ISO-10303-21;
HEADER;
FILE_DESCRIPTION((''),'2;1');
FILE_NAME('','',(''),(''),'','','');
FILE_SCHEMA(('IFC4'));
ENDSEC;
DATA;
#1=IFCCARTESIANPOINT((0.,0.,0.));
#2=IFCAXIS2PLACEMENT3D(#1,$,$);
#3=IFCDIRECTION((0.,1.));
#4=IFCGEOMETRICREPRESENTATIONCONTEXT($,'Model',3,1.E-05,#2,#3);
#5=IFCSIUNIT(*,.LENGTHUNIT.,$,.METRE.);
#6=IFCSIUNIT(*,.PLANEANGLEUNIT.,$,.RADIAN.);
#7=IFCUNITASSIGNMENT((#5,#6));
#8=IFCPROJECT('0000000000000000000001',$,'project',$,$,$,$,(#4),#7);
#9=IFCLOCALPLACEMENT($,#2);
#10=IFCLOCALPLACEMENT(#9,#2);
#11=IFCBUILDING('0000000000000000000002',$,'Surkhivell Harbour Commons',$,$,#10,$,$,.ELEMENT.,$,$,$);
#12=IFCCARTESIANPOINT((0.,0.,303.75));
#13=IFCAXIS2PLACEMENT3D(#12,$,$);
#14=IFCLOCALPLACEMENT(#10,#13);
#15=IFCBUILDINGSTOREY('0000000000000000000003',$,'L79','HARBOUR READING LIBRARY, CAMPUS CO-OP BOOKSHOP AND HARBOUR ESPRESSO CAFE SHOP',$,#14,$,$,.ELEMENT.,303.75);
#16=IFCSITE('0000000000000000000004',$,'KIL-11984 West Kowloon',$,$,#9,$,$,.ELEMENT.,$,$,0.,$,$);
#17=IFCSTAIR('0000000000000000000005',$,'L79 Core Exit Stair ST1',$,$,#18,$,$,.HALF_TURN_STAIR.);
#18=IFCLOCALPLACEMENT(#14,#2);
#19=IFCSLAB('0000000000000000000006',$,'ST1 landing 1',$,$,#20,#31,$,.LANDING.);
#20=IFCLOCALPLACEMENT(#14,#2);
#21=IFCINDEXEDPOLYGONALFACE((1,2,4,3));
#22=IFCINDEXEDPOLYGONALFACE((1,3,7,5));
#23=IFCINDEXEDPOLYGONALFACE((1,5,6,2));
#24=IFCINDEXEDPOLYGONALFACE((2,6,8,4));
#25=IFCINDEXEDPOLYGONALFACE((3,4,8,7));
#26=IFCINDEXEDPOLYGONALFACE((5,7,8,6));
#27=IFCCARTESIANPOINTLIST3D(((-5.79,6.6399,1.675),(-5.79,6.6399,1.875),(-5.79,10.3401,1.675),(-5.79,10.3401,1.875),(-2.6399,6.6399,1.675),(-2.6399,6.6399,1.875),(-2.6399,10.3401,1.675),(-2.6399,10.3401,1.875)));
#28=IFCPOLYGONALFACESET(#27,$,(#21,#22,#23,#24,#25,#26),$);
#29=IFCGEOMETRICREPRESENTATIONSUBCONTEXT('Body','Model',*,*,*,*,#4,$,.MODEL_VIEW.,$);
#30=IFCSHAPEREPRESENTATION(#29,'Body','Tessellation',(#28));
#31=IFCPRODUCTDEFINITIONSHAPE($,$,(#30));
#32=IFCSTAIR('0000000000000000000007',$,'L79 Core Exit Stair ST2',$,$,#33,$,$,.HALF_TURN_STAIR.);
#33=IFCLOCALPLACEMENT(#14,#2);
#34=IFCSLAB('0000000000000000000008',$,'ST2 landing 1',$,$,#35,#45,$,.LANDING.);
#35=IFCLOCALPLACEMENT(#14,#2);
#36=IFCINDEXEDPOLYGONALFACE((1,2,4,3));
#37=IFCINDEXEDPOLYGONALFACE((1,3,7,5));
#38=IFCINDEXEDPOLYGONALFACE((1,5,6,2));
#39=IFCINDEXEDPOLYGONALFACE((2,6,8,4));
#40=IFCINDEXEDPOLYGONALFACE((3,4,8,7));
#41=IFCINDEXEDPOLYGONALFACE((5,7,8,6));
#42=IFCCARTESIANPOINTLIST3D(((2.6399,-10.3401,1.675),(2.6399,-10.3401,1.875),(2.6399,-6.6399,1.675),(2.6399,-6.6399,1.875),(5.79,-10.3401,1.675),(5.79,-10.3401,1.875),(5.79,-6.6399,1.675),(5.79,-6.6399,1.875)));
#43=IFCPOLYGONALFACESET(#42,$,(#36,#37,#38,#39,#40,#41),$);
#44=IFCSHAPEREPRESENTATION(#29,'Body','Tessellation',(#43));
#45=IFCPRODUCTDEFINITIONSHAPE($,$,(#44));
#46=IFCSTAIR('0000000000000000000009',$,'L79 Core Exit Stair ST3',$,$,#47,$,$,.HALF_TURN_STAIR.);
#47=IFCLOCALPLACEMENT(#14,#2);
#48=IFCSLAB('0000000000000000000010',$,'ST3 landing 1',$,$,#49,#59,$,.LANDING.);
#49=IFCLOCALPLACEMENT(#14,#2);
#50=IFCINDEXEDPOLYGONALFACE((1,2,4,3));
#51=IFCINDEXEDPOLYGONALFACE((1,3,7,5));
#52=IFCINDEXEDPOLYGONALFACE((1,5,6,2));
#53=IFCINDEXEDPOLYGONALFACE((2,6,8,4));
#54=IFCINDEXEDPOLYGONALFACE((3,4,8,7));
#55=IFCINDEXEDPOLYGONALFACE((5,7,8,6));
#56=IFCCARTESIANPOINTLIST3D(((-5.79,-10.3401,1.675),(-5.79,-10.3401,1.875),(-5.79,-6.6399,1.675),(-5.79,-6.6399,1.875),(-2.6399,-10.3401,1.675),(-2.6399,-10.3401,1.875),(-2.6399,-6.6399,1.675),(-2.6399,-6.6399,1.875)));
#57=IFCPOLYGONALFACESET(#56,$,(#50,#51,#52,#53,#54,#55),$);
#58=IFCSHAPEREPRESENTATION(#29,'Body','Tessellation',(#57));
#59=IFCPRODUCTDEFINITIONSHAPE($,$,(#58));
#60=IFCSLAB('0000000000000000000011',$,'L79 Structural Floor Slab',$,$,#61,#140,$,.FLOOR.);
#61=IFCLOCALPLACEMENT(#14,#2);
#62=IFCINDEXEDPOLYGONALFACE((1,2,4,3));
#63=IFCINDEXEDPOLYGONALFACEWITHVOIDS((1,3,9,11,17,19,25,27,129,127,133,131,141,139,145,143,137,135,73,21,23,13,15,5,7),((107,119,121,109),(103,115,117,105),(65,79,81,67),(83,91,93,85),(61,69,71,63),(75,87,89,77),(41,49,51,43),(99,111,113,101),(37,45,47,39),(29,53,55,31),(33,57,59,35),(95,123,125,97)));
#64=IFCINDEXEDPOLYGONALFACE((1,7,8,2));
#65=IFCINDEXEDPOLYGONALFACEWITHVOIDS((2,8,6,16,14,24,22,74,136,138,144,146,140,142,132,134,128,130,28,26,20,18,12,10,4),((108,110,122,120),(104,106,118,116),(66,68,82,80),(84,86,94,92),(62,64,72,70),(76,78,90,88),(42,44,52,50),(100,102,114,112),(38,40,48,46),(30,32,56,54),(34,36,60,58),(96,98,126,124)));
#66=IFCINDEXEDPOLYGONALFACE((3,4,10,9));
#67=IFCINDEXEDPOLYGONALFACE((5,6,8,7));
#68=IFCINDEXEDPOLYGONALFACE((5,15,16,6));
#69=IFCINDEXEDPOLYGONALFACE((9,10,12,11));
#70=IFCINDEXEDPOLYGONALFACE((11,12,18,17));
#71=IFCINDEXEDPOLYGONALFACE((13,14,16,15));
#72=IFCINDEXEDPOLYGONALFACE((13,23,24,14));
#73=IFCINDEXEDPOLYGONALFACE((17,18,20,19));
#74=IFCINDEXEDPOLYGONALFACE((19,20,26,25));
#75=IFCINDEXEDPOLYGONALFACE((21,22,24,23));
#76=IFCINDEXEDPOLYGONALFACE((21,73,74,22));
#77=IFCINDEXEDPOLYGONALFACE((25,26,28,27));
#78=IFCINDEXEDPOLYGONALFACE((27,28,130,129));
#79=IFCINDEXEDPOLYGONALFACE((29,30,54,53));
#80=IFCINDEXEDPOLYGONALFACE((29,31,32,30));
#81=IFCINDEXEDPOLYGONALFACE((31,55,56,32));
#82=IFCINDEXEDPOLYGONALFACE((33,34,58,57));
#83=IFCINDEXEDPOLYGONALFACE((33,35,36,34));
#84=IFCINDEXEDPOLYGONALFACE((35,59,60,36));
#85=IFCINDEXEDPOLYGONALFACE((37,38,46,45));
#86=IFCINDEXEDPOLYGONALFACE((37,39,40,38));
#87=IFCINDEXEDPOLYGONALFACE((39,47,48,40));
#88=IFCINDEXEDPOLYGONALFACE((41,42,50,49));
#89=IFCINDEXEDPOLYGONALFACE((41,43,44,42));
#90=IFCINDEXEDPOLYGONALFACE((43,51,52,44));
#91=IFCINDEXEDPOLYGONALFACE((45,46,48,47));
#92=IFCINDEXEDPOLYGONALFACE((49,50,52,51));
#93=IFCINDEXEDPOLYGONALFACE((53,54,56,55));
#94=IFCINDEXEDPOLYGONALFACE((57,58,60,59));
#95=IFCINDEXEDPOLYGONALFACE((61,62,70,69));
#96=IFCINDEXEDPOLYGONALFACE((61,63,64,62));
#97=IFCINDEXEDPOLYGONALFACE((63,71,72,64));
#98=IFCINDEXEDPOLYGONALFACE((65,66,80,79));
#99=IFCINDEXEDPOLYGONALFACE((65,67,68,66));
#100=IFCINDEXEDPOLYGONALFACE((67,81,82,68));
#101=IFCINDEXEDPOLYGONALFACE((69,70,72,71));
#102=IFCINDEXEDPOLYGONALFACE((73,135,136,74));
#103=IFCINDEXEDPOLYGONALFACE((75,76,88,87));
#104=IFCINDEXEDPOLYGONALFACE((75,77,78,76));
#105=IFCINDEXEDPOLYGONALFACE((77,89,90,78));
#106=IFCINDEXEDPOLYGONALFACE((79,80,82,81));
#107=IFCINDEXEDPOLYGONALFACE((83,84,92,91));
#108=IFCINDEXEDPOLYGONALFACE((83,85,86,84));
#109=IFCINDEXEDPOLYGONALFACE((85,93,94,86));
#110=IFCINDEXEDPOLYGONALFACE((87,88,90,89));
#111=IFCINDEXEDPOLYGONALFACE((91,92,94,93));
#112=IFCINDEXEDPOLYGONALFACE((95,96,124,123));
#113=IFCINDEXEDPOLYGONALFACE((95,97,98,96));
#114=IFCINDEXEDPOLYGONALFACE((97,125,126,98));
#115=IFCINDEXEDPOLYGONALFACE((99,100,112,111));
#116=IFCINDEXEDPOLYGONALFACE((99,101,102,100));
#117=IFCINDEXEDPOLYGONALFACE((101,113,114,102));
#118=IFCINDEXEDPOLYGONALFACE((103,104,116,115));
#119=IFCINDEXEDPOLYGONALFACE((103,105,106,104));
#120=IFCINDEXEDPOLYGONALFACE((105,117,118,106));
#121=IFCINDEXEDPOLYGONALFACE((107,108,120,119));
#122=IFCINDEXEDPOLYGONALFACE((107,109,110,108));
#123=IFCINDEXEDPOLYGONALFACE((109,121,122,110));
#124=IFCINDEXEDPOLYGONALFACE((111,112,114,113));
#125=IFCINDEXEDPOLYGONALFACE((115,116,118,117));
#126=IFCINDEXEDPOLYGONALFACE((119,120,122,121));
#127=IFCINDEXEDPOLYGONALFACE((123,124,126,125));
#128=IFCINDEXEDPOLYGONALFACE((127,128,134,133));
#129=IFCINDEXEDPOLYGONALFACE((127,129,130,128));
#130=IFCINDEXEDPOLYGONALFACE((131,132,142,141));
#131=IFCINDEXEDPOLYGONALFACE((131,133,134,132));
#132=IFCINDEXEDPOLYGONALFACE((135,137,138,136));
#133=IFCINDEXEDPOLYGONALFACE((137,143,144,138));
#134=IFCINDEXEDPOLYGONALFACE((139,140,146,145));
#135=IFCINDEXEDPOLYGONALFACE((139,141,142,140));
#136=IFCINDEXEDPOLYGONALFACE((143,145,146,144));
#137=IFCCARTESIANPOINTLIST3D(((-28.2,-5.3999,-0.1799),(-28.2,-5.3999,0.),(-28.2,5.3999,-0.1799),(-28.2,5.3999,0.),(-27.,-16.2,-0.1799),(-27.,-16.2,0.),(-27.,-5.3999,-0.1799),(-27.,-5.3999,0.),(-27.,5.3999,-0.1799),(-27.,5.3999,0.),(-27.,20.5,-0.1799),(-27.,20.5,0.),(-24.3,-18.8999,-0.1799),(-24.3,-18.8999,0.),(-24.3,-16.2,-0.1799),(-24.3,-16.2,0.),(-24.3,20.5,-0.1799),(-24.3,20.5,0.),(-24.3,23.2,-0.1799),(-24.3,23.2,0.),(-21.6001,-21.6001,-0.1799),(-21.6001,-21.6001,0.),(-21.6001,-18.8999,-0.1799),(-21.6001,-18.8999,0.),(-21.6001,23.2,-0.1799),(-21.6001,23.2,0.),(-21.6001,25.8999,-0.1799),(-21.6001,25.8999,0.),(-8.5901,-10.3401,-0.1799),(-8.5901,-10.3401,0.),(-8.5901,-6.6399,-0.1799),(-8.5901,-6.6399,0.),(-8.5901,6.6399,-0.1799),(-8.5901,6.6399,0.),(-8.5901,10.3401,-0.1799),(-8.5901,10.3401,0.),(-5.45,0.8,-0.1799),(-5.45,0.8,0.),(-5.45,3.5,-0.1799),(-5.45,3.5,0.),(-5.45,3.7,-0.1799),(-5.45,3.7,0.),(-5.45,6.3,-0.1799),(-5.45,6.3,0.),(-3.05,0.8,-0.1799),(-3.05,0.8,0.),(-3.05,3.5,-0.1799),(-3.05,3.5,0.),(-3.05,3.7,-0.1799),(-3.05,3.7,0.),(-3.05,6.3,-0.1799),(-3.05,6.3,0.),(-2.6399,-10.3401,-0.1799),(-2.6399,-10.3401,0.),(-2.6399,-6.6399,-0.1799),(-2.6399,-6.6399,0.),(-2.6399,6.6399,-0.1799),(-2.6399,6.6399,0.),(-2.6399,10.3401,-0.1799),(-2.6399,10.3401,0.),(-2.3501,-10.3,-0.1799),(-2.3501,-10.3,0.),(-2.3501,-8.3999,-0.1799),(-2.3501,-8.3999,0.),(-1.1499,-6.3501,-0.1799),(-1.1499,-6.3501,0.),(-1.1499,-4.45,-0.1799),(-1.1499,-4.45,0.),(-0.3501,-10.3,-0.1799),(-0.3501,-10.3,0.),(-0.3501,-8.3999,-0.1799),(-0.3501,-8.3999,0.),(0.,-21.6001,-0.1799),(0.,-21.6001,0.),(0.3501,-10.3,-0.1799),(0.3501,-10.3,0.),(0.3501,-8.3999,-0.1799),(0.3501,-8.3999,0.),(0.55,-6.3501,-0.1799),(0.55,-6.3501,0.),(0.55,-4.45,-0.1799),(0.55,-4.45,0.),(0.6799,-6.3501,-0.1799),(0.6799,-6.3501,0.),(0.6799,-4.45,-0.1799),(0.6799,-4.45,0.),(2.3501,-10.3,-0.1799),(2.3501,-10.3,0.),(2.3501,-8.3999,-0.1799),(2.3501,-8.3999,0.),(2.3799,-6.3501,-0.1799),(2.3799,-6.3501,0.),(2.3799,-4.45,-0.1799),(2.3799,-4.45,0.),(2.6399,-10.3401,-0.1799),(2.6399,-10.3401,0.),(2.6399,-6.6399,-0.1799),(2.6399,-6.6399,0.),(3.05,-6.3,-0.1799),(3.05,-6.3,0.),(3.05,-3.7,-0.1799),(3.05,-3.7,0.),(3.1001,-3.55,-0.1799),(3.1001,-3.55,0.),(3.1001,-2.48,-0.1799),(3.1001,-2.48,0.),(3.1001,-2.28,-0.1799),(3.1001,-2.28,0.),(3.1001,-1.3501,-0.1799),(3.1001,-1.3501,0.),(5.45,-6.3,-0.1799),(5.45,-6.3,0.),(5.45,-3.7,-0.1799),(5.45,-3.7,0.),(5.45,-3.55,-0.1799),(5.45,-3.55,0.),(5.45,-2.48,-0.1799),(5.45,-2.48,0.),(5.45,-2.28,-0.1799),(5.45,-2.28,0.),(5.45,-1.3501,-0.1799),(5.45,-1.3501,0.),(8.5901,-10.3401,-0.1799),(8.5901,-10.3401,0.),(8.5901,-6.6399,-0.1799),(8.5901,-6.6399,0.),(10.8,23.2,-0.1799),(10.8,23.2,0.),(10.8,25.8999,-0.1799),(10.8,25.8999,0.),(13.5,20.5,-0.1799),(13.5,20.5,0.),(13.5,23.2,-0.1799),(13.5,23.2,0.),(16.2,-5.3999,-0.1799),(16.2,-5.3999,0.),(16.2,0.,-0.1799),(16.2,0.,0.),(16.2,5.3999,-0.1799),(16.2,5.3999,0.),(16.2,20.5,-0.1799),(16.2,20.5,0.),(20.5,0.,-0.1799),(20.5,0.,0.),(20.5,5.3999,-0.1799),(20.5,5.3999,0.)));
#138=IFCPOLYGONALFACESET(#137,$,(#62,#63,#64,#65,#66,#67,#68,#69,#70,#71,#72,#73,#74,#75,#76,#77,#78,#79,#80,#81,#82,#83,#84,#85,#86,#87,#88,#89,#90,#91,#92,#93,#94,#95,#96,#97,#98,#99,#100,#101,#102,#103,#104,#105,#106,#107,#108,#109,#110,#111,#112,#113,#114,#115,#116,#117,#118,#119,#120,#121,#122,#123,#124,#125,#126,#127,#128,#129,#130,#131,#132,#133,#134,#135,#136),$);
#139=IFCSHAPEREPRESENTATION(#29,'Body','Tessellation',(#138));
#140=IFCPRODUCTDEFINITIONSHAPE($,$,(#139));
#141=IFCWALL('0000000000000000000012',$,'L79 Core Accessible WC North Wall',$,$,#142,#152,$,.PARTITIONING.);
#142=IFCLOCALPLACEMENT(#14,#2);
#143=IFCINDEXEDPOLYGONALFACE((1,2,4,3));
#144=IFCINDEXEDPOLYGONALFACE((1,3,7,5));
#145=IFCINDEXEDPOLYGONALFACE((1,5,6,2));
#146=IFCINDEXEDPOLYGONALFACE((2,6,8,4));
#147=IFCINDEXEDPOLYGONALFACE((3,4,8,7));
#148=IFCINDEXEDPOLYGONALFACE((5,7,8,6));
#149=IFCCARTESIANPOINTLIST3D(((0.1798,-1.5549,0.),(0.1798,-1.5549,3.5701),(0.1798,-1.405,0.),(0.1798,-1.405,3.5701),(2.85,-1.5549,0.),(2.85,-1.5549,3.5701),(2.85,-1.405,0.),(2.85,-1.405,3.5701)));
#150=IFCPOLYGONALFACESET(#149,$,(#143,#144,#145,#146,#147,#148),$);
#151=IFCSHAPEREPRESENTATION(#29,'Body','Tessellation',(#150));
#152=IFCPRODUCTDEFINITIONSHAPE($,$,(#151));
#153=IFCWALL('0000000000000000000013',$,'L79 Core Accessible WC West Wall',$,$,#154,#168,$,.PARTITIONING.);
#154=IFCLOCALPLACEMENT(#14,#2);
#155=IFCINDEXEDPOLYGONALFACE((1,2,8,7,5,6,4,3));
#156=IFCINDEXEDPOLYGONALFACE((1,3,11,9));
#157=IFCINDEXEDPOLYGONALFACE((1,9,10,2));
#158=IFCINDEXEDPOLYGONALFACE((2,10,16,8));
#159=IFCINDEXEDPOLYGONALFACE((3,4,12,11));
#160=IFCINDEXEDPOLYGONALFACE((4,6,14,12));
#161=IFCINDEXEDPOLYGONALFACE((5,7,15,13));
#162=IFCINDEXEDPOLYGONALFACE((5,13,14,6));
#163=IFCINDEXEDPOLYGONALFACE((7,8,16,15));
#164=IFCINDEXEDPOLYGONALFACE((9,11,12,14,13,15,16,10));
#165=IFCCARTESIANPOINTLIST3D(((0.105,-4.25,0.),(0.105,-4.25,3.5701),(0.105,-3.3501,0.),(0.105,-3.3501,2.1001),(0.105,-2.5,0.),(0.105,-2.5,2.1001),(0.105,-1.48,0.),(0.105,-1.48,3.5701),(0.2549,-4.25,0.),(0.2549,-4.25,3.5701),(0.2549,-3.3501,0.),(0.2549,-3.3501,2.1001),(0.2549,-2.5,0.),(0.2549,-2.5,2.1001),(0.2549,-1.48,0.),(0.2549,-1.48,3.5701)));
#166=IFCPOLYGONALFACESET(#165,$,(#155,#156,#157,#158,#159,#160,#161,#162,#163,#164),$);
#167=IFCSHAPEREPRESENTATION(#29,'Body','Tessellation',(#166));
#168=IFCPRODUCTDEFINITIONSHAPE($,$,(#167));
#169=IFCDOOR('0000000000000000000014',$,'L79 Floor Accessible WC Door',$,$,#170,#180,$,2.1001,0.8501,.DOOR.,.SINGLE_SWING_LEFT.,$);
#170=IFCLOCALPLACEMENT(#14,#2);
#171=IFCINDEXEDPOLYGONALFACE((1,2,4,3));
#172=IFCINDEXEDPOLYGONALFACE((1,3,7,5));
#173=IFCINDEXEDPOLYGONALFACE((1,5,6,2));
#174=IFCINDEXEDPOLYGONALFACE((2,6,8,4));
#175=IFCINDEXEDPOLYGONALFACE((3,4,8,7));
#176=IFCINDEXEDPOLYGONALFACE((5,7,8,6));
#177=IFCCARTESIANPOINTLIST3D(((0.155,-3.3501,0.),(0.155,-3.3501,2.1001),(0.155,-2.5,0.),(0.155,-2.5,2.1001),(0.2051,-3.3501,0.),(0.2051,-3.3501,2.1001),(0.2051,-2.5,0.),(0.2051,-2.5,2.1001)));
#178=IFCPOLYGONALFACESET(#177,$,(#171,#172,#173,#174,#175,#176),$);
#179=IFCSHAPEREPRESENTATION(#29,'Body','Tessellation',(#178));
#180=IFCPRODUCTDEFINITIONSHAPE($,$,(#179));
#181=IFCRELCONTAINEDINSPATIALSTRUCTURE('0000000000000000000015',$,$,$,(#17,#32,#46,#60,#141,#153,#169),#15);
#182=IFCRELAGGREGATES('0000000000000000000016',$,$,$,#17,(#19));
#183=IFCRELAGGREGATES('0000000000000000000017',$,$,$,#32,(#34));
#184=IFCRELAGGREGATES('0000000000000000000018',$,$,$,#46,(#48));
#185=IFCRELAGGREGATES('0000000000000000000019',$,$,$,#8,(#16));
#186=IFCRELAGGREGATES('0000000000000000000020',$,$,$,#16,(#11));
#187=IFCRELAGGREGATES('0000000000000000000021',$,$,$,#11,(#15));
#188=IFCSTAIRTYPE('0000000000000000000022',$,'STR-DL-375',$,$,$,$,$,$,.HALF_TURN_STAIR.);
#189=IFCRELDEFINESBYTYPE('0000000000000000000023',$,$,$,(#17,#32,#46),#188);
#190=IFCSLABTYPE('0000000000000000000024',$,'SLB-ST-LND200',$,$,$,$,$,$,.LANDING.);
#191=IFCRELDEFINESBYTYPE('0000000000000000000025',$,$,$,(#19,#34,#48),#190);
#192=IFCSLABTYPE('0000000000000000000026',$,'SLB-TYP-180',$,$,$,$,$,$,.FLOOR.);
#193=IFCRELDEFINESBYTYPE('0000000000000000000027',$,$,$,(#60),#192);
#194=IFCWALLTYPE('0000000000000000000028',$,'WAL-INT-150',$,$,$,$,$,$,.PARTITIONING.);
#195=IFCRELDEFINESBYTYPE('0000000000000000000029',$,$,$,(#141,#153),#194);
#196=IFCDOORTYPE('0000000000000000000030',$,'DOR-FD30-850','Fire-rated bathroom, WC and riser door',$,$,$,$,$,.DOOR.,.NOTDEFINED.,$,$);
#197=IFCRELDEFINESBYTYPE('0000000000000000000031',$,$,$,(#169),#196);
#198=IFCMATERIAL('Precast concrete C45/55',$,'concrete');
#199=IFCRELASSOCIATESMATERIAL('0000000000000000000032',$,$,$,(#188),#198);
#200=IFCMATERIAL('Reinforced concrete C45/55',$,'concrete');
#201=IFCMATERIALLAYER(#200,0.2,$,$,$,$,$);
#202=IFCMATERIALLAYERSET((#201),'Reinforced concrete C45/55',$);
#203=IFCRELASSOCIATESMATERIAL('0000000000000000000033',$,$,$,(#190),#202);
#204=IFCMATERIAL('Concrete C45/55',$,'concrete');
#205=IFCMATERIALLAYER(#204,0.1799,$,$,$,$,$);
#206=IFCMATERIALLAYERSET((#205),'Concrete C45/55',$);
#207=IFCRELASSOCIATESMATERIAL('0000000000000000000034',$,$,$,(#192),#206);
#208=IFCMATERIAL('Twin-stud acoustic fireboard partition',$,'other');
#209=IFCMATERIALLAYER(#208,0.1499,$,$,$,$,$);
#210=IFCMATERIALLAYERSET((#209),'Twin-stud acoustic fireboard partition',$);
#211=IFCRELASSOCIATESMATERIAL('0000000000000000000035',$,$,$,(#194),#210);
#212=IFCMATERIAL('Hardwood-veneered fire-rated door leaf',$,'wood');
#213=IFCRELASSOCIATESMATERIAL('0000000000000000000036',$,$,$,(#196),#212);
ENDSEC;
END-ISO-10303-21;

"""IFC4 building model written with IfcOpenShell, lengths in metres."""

from ifc_helpers import new_model, si_unit, direction, frame, frame_2d, origin, place, context, subcontext, project, spatial, polyline, rectangle, outline, extrude, material, layer, layer_set, type_object, element, fill, aggregate, save


model = new_model("IFC4")

# Units and contexts
model_context = context("Model", 3, precision=1e-05, world=origin(), true_north=direction((0.0, 1.0)))
body_context = subcontext(model_context, "Body", "Model", "MODEL_VIEW")
ifc_project = project(units=[si_unit("LENGTHUNIT", "METRE"), si_unit("PLANEANGLEUNIT", "RADIAN")], contexts=[model_context])

# Site, building, storey
site_placement = place(None, origin())
site = spatial("IfcSite", under=ifc_project, at=site_placement, Name="KIL-11984 West Kowloon", CompositionType="ELEMENT", RefElevation=0.0)
building_placement = place(site_placement, origin())
building = spatial("IfcBuilding", under=site, at=building_placement, Name="Surkhivell Harbour Commons", CompositionType="ELEMENT")
storey_placement = place(building_placement, frame((0.0, 0.0, 303.75)))
storey = spatial("IfcBuildingStorey", under=building, at=storey_placement, Name="L79", Description="HARBOUR READING LIBRARY, CAMPUS CO-OP BOOKSHOP AND HARBOUR ESPRESSO CAFE SHOP", CompositionType="ELEMENT", Elevation=303.75)

# Stairs, slabs
ifc_material_1 = material(Name="Precast concrete C45/55", Category="concrete")
stair_type = type_object("IfcStairType", Name="STR-DL-375", PredefinedType="HALF_TURN_STAIR", material=ifc_material_1)
stair_1_placement = place(storey_placement, origin())
stair_1 = element("IfcStair", 1, at=stair_1_placement, inside=storey, type_object=stair_type, Name="L79 Core Exit Stair ST1", PredefinedType="HALF_TURN_STAIR")
ifc_material_2 = material(Name="Reinforced concrete C45/55", Category="concrete")
ifc_layer_1 = layer(ifc_material_2, 0.2)
ifc_layer_set_1 = layer_set([ifc_layer_1], Name="Reinforced concrete C45/55")
slab_type_1 = type_object("IfcSlabType", Name="SLB-ST-LND200", PredefinedType="LANDING", material=ifc_layer_set_1)
slab_1_placement = place(storey_placement, frame((0.0, 0.0, 1.675)))
slab_1 = element("IfcSlab", 2, at=slab_1_placement, type_object=slab_type_1, Name="ST1 landing 1", PredefinedType="LANDING", context=body_context, shape_type="SweptSolid", body=[
    extrude(outline(polyline([(-5.79, 6.6399), (-2.6399, 6.6399), (-2.6399, 10.3401), (-5.79, 10.3401), (-5.79, 6.6399)])), origin(), (0.0, 0.0, 1.0), 0.2),
])
aggregate(stair_1, [slab_1])
stair_2_placement = place(storey_placement, origin())
stair_2 = element("IfcStair", 3, at=stair_2_placement, inside=storey, type_object=stair_type, Name="L79 Core Exit Stair ST2", PredefinedType="HALF_TURN_STAIR")
slab_2_placement = place(storey_placement, frame((0.0, 0.0, 1.675)))
slab_2 = element("IfcSlab", 4, at=slab_2_placement, type_object=slab_type_1, Name="ST2 landing 1", PredefinedType="LANDING", context=body_context, shape_type="SweptSolid", body=[
    extrude(outline(polyline([(5.79, -6.6399), (2.6399, -6.6399), (2.6399, -10.3401), (5.79, -10.3401), (5.79, -6.6399)])), origin(), (0.0, 0.0, 1.0), 0.2),
])
aggregate(stair_2, [slab_2])
stair_3_placement = place(storey_placement, origin())
stair_3 = element("IfcStair", 5, at=stair_3_placement, inside=storey, type_object=stair_type, Name="L79 Core Exit Stair ST3", PredefinedType="HALF_TURN_STAIR")
slab_3_placement = place(storey_placement, frame((0.0, 0.0, 1.675)))
slab_3 = element("IfcSlab", 6, at=slab_3_placement, type_object=slab_type_1, Name="ST3 landing 1", PredefinedType="LANDING", context=body_context, shape_type="SweptSolid", body=[
    extrude(outline(polyline([(-5.79, -10.3401), (-2.6399, -10.3401), (-2.6399, -6.6399), (-5.79, -6.6399), (-5.79, -10.3401)])), origin(), (0.0, 0.0, 1.0), 0.2),
])
aggregate(stair_3, [slab_3])

# Slab
ifc_material_3 = material(Name="Concrete C45/55", Category="concrete")
ifc_layer_2 = layer(ifc_material_3, 0.1799)
ifc_layer_set_2 = layer_set([ifc_layer_2], Name="Concrete C45/55")
slab_type_2 = type_object("IfcSlabType", Name="SLB-TYP-180", PredefinedType="FLOOR", material=ifc_layer_set_2)
slab_4_placement = place(storey_placement, frame((0.0, 0.0, -0.1799)))
element("IfcSlab", 7, at=slab_4_placement, inside=storey, type_object=slab_type_2, Name="L79 Structural Floor Slab", PredefinedType="FLOOR", context=body_context, shape_type="SweptSolid", body=[
    extrude(outline(polyline([(-27.0, 20.5), (-27.0, 5.3999), (-28.2, 5.3999), (-28.2, -5.3999), (-27.0, -5.3999), (-27.0, -16.2), (-24.3, -16.2), (-24.3, -18.8999), (-21.6001, -18.8999), (-21.6001, -21.6001), (0.0, -21.6001), (16.2, -5.3999), (16.2, 0.0), (20.5, 0.0), (20.5, 5.3999), (16.2, 5.3999), (16.2, 20.5), (13.5, 20.5), (13.5, 23.2), (10.8, 23.2), (10.8, 25.8999), (-21.6001, 25.8999), (-21.6001, 23.2), (-24.3, 23.2), (-24.3, 20.5), (-27.0, 20.5)]), holes=[polyline([(-8.5901, 6.6399), (-2.6399, 6.6399), (-2.6399, 10.3401), (-8.5901, 10.3401), (-8.5901, 6.6399)]), polyline([(8.5901, -6.6399), (2.6399, -6.6399), (2.6399, -10.3401), (8.5901, -10.3401), (8.5901, -6.6399)]), polyline([(-8.5901, -10.3401), (-2.6399, -10.3401), (-2.6399, -6.6399), (-8.5901, -6.6399), (-8.5901, -10.3401)]), polyline([(-1.1499, -6.3501), (0.55, -6.3501), (0.55, -4.45), (-1.1499, -4.45), (-1.1499, -6.3501)]), polyline([(0.6799, -6.3501), (2.3799, -6.3501), (2.3799, -4.45), (0.6799, -4.45), (0.6799, -6.3501)]), polyline([(-2.3501, -10.3), (-0.3501, -10.3), (-0.3501, -8.3999), (-2.3501, -8.3999), (-2.3501, -10.3)]), polyline([(0.3501, -10.3), (2.3501, -10.3), (2.3501, -8.3999), (0.3501, -8.3999), (0.3501, -10.3)]), polyline([(-5.45, 3.7), (-3.05, 3.7), (-3.05, 6.3), (-5.45, 6.3), (-5.45, 3.7)]), polyline([(3.05, -6.3), (5.45, -6.3), (5.45, -3.7), (3.05, -3.7), (3.05, -6.3)]), polyline([(-5.45, 0.8), (-3.05, 0.8), (-3.05, 3.5), (-5.45, 3.5), (-5.45, 0.8)]), polyline([(3.1001, -3.55), (5.45, -3.55), (5.45, -2.48), (3.1001, -2.48), (3.1001, -3.55)]), polyline([(3.1001, -2.28), (5.45, -2.28), (5.45, -1.3501), (3.1001, -1.3501), (3.1001, -2.28)])]), origin(), (0.0, 0.0, 1.0), 0.1799),
])

# Wall
ifc_material_4 = material(Name="Twin-stud acoustic fireboard partition", Category="other")
ifc_layer_3 = layer(ifc_material_4, 0.1499)
ifc_layer_set_3 = layer_set([ifc_layer_3], Name="Twin-stud acoustic fireboard partition")
wall_type_1 = type_object("IfcWallType", Name="WAL-INT-150", PredefinedType="PARTITIONING", material=ifc_layer_set_3)
wall_1_placement = place(storey_placement, frame((0.1799, -1.48, 0.0), z_axis=(0.0, 0.0, 1.0), x_axis=(1.0, 0.0, 0.0)))
element("IfcWall", 8, at=wall_1_placement, inside=storey, type_object=wall_type_1, Name="L79 Core Accessible WC North Wall", PredefinedType="PARTITIONING", context=body_context, shape_type="SweptSolid", body=[
    extrude(rectangle(XDim=2.6702, YDim=0.1499, at=frame_2d((1.335, 0.0))), origin(), (0.0, 0.0, 1.0), 3.5701),
])

# Wall, opening, door
wall_2_placement = place(storey_placement, frame((0.1799, -4.25, 0.0), z_axis=(0.0, 0.0, 1.0), x_axis=(0.0, 1.0, 0.0)))
wall_2 = element("IfcWall", 9, at=wall_2_placement, inside=storey, type_object=wall_type_1, Name="L79 Core Accessible WC West Wall", PredefinedType="PARTITIONING", context=body_context, shape_type="SweptSolid", body=[
    extrude(rectangle(XDim=2.77, YDim=0.1499, at=frame_2d((1.385, 0.0))), origin(), (0.0, 0.0, 1.0), 3.5701),
])
opening_1_placement = place(wall_2_placement, frame((0.8999, 0.0, 0.0)))
opening_1 = element("IfcOpeningElement", 10, at=opening_1_placement, cuts=wall_2, PredefinedType="OPENING", context=body_context, shape_type="SweptSolid", body=[
    extrude(rectangle(XDim=0.8501, YDim=2.1001, at=frame_2d((0.425, 1.05))), frame((0.0, 0.085, 0.0), z_axis=(0.0, -1.0, 0.0), x_axis=(1.0, 0.0, 0.0)), (0.0, 0.0, 1.0), 0.1699),
])
ifc_material_5 = material(Name="Hardwood-veneered fire-rated door leaf", Category="wood")
door_type_1 = type_object("IfcDoorType", Name="DOR-FD30-850", Description="Fire-rated bathroom, WC and riser door", OperationType="NOTDEFINED", PredefinedType="DOOR", material=ifc_material_5)
door_1_placement = place(opening_1_placement, origin())
door_1 = element("IfcDoor", 11, at=door_1_placement, inside=storey, type_object=door_type_1, Name="L79 Floor Accessible WC Door", OperationType="SINGLE_SWING_LEFT", OverallHeight=2.1001, OverallWidth=0.8501, PredefinedType="DOOR", context=body_context, shape_type="SweptSolid", body=[
    extrude(rectangle(XDim=0.8501, YDim=2.1001, at=frame_2d((0.425, 1.05))), frame((0.0, 0.0249, 0.0), z_axis=(0.0, -1.0, 0.0), x_axis=(1.0, 0.0, 0.0)), (0.0, 0.0, 1.0), 0.05),
])
fill(opening_1, door_1)

save(model, "model.ifc")
